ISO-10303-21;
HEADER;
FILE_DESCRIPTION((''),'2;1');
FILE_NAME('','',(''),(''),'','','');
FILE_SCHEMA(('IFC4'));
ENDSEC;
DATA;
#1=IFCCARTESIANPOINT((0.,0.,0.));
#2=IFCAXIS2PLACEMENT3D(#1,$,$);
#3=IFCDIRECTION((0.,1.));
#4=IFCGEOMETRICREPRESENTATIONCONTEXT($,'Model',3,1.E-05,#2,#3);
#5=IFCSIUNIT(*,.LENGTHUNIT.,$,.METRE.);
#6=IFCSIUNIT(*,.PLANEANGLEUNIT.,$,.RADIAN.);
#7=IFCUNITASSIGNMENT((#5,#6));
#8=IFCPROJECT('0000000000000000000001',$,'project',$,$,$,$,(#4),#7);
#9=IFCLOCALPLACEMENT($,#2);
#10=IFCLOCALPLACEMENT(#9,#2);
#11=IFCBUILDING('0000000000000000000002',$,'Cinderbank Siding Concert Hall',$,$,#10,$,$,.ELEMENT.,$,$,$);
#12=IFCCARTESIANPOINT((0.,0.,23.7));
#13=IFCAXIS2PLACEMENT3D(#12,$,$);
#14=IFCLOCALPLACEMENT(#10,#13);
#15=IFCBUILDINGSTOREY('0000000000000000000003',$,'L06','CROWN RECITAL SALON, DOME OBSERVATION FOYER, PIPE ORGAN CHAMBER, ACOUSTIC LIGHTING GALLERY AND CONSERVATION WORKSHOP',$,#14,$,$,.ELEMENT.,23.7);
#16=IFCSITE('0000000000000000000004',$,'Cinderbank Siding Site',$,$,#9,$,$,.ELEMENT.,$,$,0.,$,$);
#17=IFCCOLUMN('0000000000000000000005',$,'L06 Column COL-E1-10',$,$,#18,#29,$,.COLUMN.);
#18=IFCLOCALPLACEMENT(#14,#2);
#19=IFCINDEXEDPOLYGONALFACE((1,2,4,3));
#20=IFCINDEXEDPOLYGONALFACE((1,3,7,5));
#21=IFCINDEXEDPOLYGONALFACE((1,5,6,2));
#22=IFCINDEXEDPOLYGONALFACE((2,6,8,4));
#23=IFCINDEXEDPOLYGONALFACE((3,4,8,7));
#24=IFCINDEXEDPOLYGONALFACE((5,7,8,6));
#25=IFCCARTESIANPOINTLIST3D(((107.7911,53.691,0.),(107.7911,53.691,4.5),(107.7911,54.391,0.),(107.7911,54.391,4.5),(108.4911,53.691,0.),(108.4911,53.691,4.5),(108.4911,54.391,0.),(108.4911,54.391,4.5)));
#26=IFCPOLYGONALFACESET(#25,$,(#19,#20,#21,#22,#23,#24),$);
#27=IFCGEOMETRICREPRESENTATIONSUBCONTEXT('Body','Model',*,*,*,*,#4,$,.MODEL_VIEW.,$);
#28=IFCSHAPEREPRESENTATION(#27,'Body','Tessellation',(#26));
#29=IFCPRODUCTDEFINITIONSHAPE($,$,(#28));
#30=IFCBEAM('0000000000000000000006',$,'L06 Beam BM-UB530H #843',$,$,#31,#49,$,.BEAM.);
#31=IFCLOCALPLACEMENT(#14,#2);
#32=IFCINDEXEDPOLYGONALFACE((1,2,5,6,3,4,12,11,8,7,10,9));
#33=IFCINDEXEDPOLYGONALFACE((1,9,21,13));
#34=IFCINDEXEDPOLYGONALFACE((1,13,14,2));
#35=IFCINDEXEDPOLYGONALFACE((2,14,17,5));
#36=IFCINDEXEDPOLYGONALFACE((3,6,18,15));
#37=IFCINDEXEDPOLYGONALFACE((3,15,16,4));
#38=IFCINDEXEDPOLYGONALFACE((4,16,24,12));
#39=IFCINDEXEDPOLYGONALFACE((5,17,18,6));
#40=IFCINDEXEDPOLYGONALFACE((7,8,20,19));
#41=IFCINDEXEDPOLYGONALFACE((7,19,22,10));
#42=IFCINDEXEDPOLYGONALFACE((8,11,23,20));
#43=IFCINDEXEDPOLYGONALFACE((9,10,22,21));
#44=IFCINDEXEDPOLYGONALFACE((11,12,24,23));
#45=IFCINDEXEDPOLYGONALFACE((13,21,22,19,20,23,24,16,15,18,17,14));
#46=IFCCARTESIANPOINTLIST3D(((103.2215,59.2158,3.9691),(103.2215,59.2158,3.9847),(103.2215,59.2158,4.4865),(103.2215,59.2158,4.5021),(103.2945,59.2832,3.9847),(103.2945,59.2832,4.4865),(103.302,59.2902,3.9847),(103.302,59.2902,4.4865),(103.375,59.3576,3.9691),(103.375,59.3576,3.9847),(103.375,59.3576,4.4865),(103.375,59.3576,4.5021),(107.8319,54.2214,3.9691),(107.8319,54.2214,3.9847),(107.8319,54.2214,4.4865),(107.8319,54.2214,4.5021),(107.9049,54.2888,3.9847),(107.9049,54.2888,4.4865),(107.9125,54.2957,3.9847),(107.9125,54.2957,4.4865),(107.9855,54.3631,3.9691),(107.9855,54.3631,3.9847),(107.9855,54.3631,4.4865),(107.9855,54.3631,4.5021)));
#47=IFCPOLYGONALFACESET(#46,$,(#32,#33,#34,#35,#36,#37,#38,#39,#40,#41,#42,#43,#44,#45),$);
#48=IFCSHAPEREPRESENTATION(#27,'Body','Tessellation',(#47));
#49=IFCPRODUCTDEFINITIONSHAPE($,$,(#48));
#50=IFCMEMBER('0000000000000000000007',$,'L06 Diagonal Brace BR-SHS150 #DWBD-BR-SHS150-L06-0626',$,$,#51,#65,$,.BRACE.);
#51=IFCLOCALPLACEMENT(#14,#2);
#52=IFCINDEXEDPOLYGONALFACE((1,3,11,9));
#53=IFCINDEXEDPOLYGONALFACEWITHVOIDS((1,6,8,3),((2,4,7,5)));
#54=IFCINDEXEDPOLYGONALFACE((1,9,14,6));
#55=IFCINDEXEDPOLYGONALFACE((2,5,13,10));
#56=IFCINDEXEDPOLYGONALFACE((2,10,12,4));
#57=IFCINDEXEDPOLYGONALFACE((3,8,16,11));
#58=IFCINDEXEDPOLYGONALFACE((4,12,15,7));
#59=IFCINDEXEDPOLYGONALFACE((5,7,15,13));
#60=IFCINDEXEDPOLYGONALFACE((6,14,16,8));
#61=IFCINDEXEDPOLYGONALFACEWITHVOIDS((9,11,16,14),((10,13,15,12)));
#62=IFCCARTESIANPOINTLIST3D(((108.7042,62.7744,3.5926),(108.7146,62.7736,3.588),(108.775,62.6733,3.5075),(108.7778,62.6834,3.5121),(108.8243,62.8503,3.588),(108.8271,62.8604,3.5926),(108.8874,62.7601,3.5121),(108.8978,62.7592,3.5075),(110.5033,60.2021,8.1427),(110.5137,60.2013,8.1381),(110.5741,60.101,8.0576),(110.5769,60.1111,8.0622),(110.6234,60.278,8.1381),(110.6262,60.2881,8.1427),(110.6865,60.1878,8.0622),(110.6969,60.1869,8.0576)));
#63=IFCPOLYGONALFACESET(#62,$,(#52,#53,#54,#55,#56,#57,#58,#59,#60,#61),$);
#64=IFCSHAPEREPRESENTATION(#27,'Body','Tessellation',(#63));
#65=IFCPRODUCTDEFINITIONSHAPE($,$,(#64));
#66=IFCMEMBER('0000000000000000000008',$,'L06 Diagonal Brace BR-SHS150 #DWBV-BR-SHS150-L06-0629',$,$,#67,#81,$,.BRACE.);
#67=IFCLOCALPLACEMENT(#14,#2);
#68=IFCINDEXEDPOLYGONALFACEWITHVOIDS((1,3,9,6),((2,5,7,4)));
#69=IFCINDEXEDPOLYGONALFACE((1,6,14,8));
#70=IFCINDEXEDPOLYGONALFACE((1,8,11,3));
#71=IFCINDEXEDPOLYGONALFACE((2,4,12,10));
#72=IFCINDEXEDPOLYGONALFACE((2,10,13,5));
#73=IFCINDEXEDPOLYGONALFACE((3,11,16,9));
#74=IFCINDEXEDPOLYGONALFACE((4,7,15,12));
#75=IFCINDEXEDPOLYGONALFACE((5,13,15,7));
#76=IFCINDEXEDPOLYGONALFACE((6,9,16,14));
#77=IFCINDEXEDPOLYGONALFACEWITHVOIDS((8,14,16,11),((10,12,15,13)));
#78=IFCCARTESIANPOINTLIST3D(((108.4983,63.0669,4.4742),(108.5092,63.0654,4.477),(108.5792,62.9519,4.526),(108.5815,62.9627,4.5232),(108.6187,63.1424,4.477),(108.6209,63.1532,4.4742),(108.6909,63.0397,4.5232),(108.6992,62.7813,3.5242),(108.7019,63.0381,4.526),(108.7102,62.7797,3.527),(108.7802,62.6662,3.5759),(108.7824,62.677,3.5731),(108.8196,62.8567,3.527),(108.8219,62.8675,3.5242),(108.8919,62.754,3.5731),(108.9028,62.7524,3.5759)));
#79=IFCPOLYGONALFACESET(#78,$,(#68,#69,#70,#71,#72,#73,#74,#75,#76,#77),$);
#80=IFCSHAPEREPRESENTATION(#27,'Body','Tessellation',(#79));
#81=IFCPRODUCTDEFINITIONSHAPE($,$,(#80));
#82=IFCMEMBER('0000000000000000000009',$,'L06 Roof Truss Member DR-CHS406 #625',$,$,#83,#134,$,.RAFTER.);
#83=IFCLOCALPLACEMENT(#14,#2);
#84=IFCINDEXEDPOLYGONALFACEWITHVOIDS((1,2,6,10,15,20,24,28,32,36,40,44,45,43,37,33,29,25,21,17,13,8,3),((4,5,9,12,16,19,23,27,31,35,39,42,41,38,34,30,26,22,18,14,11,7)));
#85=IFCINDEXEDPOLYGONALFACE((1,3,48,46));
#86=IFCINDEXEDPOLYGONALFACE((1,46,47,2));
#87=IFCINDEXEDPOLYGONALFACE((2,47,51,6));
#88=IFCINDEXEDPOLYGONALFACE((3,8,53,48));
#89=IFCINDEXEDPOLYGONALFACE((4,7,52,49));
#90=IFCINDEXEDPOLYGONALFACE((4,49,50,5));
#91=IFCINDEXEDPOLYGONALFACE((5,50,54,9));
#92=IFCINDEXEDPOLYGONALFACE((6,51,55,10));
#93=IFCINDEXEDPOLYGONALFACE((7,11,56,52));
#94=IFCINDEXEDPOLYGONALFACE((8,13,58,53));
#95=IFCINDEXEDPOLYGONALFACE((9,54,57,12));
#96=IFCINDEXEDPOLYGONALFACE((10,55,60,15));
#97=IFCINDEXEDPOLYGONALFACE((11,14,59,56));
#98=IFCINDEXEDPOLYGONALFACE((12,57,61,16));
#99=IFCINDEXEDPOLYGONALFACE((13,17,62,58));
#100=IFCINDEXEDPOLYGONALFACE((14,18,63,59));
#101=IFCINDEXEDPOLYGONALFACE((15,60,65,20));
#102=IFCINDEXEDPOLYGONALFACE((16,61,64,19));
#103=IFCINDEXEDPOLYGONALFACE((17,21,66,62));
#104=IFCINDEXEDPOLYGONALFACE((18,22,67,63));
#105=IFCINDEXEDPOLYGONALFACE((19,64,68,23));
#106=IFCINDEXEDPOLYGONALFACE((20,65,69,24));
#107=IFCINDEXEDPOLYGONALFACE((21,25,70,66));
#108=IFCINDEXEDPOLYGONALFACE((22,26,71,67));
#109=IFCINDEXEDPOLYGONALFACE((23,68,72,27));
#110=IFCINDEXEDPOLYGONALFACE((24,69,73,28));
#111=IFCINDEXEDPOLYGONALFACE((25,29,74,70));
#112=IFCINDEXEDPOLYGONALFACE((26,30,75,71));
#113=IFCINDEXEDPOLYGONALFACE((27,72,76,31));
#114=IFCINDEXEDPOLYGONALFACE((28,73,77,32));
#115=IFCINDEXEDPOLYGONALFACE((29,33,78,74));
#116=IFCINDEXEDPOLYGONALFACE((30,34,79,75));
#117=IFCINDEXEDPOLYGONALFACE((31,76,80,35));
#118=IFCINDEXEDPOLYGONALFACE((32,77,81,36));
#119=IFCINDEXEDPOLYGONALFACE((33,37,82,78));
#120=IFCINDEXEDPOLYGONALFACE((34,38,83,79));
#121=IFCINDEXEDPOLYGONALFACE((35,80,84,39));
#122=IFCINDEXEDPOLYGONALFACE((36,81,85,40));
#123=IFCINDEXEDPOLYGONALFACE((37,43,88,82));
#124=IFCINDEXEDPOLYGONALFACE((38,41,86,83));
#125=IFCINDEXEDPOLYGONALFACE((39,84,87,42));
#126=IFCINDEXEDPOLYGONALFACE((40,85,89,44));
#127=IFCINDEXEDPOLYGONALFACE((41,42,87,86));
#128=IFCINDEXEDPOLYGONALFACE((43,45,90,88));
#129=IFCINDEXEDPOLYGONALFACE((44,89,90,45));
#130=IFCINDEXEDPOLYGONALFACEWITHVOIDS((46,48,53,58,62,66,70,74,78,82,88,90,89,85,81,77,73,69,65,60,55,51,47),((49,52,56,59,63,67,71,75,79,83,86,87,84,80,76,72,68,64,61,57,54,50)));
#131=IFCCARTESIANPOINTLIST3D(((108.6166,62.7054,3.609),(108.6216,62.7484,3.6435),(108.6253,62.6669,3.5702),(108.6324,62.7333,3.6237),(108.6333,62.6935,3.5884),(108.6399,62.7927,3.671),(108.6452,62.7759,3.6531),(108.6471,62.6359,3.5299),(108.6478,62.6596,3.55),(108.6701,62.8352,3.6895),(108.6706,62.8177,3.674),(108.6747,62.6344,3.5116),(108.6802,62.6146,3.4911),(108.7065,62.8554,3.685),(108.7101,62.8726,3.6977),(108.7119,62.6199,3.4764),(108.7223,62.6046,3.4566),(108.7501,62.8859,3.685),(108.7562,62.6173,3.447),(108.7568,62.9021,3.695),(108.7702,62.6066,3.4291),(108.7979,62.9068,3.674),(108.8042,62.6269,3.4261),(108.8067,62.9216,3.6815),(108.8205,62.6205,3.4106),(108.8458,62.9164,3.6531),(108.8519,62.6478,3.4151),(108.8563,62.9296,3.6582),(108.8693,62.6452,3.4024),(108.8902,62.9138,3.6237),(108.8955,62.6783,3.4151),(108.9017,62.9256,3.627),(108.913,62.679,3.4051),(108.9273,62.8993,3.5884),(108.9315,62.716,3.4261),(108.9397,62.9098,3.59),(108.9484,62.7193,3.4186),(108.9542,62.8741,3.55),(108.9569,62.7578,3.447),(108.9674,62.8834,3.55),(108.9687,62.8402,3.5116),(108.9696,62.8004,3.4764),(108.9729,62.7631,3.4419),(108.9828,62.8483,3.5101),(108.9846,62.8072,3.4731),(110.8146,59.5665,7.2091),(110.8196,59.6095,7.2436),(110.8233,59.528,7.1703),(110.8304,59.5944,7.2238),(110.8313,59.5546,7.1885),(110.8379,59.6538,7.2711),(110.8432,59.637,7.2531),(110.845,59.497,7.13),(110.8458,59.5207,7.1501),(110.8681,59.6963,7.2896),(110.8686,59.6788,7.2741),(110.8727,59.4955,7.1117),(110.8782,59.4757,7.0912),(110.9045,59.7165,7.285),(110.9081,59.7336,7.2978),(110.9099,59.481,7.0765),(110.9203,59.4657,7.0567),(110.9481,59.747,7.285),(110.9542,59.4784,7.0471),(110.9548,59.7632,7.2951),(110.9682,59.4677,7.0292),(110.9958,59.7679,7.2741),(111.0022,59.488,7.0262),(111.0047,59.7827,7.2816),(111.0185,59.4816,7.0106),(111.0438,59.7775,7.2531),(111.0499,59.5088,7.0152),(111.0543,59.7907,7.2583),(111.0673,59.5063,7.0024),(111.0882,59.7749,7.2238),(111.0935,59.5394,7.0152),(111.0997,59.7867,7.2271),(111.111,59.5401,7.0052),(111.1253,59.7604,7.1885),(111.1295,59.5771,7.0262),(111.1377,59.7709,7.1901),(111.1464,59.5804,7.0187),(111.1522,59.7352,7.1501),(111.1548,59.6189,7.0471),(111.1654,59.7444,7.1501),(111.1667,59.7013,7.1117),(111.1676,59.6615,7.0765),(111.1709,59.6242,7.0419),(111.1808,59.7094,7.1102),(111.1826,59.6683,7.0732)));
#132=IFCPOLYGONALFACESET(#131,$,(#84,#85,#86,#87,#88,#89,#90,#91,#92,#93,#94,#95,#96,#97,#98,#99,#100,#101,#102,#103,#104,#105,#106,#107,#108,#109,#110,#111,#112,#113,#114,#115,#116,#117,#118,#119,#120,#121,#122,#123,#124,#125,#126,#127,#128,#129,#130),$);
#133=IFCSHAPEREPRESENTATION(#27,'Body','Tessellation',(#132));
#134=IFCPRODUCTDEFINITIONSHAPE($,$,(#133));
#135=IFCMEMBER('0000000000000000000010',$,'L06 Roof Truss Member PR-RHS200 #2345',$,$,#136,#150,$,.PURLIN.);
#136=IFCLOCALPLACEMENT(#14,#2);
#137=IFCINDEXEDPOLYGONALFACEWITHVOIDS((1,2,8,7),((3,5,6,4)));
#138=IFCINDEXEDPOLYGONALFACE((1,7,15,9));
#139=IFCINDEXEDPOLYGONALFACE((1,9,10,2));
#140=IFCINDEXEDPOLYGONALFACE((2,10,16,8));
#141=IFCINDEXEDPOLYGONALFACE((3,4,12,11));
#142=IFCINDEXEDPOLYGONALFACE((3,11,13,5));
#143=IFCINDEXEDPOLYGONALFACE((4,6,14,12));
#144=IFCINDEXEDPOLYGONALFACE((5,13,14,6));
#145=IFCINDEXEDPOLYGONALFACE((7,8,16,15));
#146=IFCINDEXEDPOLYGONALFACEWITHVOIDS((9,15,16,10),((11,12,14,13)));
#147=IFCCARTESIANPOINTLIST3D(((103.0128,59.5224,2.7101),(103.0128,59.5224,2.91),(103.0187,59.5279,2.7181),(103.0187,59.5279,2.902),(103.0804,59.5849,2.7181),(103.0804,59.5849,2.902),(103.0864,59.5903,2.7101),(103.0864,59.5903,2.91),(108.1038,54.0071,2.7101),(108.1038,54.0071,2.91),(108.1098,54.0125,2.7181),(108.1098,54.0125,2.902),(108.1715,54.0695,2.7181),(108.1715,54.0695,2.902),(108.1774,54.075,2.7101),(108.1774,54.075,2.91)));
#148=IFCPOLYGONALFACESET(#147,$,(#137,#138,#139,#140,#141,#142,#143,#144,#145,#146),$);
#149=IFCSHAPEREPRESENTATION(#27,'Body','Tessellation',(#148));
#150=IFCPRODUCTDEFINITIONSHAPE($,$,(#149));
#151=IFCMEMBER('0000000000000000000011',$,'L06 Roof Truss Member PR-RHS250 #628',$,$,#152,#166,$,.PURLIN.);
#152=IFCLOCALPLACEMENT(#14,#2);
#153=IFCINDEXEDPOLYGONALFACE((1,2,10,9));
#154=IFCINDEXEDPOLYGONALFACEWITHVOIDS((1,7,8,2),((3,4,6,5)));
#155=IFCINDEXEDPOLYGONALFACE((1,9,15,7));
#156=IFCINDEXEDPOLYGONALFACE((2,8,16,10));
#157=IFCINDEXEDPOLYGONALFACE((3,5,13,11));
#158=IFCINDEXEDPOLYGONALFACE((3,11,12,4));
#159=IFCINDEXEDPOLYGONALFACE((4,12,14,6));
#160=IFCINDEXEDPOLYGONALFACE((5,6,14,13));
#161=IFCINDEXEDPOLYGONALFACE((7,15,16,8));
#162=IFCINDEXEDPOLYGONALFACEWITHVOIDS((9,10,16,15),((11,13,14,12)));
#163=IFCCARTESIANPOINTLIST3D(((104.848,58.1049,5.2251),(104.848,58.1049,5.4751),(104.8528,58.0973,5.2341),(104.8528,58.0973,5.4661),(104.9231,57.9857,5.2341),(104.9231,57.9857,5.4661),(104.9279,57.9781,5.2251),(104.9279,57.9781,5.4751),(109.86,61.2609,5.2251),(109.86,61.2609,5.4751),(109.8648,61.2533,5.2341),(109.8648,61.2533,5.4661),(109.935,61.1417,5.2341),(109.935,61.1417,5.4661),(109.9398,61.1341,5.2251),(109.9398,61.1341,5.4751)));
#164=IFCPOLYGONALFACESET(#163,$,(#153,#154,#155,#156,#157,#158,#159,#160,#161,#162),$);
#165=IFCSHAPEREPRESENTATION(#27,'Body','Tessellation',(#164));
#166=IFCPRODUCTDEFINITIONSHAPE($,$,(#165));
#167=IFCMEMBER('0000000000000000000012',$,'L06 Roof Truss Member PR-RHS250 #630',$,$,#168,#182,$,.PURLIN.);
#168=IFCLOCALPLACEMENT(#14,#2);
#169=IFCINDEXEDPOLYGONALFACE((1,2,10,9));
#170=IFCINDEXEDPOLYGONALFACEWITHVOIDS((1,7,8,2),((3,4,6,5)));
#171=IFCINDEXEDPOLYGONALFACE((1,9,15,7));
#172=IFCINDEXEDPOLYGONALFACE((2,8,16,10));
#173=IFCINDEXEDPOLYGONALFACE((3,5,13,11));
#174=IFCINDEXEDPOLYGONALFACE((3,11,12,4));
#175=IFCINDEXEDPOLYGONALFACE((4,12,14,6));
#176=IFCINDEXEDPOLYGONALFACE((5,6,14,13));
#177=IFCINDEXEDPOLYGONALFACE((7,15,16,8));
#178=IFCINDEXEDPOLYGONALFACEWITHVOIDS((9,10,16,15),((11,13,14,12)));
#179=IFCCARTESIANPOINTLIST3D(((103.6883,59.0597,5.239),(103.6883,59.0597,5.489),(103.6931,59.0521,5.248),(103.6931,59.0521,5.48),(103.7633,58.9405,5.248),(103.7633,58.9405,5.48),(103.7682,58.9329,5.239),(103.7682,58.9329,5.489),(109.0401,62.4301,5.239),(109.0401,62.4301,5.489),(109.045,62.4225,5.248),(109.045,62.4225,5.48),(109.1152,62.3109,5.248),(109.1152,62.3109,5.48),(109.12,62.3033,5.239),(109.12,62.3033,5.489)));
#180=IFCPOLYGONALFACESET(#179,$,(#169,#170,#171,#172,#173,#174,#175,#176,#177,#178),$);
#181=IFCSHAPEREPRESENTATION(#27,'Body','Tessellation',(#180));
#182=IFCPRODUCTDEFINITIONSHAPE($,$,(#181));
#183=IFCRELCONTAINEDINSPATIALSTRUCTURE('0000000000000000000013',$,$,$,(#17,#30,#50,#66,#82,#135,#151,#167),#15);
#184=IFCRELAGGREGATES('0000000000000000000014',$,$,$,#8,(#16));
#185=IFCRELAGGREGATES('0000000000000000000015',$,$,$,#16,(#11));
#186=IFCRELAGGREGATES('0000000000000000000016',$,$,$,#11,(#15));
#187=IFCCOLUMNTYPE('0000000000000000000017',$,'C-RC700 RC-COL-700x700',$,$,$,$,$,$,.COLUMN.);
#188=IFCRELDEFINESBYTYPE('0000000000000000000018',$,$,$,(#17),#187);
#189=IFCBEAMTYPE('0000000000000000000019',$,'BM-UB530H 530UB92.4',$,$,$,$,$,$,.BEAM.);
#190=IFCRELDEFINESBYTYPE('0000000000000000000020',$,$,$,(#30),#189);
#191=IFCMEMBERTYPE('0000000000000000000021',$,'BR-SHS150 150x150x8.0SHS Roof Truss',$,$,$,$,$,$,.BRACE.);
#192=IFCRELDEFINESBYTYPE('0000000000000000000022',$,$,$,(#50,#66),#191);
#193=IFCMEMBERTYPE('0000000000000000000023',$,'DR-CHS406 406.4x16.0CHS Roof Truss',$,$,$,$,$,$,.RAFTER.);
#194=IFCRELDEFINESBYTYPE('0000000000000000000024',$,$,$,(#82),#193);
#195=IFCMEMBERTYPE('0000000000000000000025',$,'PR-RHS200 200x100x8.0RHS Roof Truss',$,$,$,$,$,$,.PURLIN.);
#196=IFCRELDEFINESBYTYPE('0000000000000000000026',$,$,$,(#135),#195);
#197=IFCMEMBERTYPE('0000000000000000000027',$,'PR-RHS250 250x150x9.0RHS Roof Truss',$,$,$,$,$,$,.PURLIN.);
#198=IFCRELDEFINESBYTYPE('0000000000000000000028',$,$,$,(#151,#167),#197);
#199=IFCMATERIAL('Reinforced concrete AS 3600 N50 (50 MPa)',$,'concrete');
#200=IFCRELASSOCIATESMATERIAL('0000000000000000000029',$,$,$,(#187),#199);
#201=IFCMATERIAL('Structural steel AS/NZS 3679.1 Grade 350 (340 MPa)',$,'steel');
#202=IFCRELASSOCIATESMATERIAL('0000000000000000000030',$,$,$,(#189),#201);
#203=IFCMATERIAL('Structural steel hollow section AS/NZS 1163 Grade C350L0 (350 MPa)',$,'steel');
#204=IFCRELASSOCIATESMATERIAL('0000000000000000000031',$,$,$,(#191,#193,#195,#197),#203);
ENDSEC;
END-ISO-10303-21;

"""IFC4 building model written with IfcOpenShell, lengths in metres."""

from ifc_helpers import new_model, si_unit, direction, frame, origin, origin_2d, place, context, subcontext, project, spatial, rectangle, hollow_rectangle, hollow_circle, i_section, extrude, material, material_profile, profile_set, type_object, element, save


model = new_model("IFC4")

# Units and contexts
model_context = context("Model", 3, precision=1e-05, world=origin(), true_north=direction((0.0, 1.0)))
body_context = subcontext(model_context, "Body", "Model", "MODEL_VIEW")
ifc_project = project(units=[si_unit("LENGTHUNIT", "METRE"), si_unit("PLANEANGLEUNIT", "RADIAN")], contexts=[model_context])

# Site, building, storey
site_placement = place(None, origin())
site = spatial("IfcSite", under=ifc_project, at=site_placement, Name="Cinderbank Siding Site", CompositionType="ELEMENT", RefElevation=0.0)
building_placement = place(site_placement, origin())
building = spatial("IfcBuilding", under=site, at=building_placement, Name="Cinderbank Siding Concert Hall", CompositionType="ELEMENT")
storey_placement = place(building_placement, frame((0.0, 0.0, 23.7)))
storey = spatial("IfcBuildingStorey", under=building, at=storey_placement, Name="L06", Description="CROWN RECITAL SALON, DOME OBSERVATION FOYER, PIPE ORGAN CHAMBER, ACOUSTIC LIGHTING GALLERY AND CONSERVATION WORKSHOP", CompositionType="ELEMENT", Elevation=23.7)

# Column
ifc_material_1 = material(Name="Reinforced concrete AS 3600 N50 (50 MPa)", Category="concrete")
ifc_material_profile_1 = material_profile(ifc_material_1, rectangle(XDim=0.7, YDim=0.7, at=origin_2d()), Name="RC-COL-700x700", Category="LoadBearing")
ifc_profile_set_1 = profile_set([ifc_material_profile_1], Name="Reinforced concrete AS 3600 N50 (50 MPa)")
column_type = type_object("IfcColumnType", Name="C-RC700 RC-COL-700x700", PredefinedType="COLUMN", material=ifc_profile_set_1)
column_placement = place(storey_placement, frame((108.1411, 54.041, 0.0), z_axis=(0.0, 0.0, 1.0), x_axis=(1.0, 0.0, 0.0)))
element("IfcColumn", 1, at=column_placement, inside=storey, type_object=column_type, Name="L06 Column COL-E1-10", PredefinedType="COLUMN", context=body_context, shape_type="SweptSolid", body=[
    extrude(rectangle(XDim=0.7, YDim=0.7, at=origin_2d()), origin(), (0.0, 0.0, 1.0), 4.5),
])

# Beam
ifc_material_2 = material(Name="Structural steel AS/NZS 3679.1 Grade 350 (340 MPa)", Category="steel")
ifc_material_profile_2 = material_profile(ifc_material_2, i_section(OverallWidth=0.209, OverallDepth=0.533, WebThickness=0.0103, FlangeThickness=0.0156, at=origin_2d()), Name="530UB92.4", Category="LoadBearing")
ifc_profile_set_2 = profile_set([ifc_material_profile_2], Name="Structural steel AS/NZS 3679.1 Grade 350 (340 MPa)")
beam_type = type_object("IfcBeamType", Name="BM-UB530H 530UB92.4", PredefinedType="BEAM", material=ifc_profile_set_2)
beam_placement = place(storey_placement, frame((107.9087, 54.2922, 4.2356), z_axis=(-0.678292, 0.734792, 0.0), x_axis=(-0.734792, -0.678292, 0.0)))
element("IfcBeam", 2, at=beam_placement, inside=storey, type_object=beam_type, Name="L06 Beam BM-UB530H #843", PredefinedType="BEAM", context=body_context, shape_type="SweptSolid", body=[
    extrude(i_section(OverallWidth=0.209, OverallDepth=0.533, WebThickness=0.0103, FlangeThickness=0.0156, at=origin_2d()), origin(), (0.0, 0.0, 1.0), 6.7971),
])

# Members
ifc_material_3 = material(Name="Structural steel hollow section AS/NZS 1163 Grade C350L0 (350 MPa)", Category="steel")
ifc_material_profile_3 = material_profile(ifc_material_3, hollow_rectangle(XDim=0.1499, YDim=0.1499, WallThickness=0.0081, at=origin_2d()), Name="150x150x8.0SHS", Category="LoadBearing")
ifc_profile_set_3 = profile_set([ifc_material_profile_3], Name="Structural steel hollow section AS/NZS 1163 Grade C350L0 (350 MPa)")
member_type_1 = type_object("IfcMemberType", Name="BR-SHS150 150x150x8.0SHS Roof Truss", PredefinedType="BRACE", material=ifc_profile_set_3)
member_1_placement = place(storey_placement, frame((108.801, 62.7668, 3.55), z_axis=(0.325461, -0.465336, 0.823127), x_axis=(0.819458, 0.573139, 0.0)))
element("IfcMember", 3, at=member_1_placement, inside=storey, type_object=member_type_1, Name="L06 Diagonal Brace BR-SHS150 #DWBD-BR-SHS150-L06-0626", PredefinedType="BRACE", context=body_context, shape_type="SweptSolid", body=[
    extrude(hollow_rectangle(XDim=0.1499, YDim=0.1499, WallThickness=0.0081, at=origin_2d()), origin(), (0.0, 0.0, 1.0), 5.5278),
])
member_2_placement = place(storey_placement, frame((108.801, 62.7668, 3.55), z_axis=(-0.198523, 0.282226, 0.938582), x_axis=(-0.817916, -0.575338, 0.0)))
element("IfcMember", 4, at=member_2_placement, inside=storey, type_object=member_type_1, Name="L06 Diagonal Brace BR-SHS150 #DWBV-BR-SHS150-L06-0629", PredefinedType="BRACE", context=body_context, shape_type="SweptSolid", body=[
    extrude(hollow_rectangle(XDim=0.1499, YDim=0.1499, WallThickness=0.0081, at=origin_2d()), origin(), (0.0, 0.0, 1.0), 1.0122),
])
ifc_material_profile_4 = material_profile(ifc_material_3, hollow_circle(Radius=0.2031, WallThickness=0.0161, at=origin_2d()), Name="406.4x16.0CHS", Category="LoadBearing")
ifc_profile_set_4 = profile_set([ifc_material_profile_4], Name="Structural steel hollow section AS/NZS 1163 Grade C350L0 (350 MPa)")
member_type_2 = type_object("IfcMemberType", Name="DR-CHS406 406.4x16.0CHS Roof Truss", PredefinedType="RAFTER", material=ifc_profile_set_4)
member_3_placement = place(storey_placement, frame((108.801, 62.7668, 3.55), z_axis=(0.418043, -0.596999, 0.684713), x_axis=(0.819139, 0.573595, 0.0)))
element("IfcMember", 5, at=member_3_placement, inside=storey, type_object=member_type_2, Name="L06 Roof Truss Member DR-CHS406 #625", PredefinedType="RAFTER", context=body_context, shape_type="SweptSolid", body=[
    extrude(hollow_circle(Radius=0.2031, WallThickness=0.0161, at=origin_2d()), origin(), (0.0, 0.0, 1.0), 5.2578),
])
ifc_material_profile_5 = material_profile(ifc_material_3, hollow_rectangle(XDim=0.1001, YDim=0.2, WallThickness=0.0081, at=origin_2d()), Name="200x100x8.0RHS", Category="LoadBearing")
ifc_profile_set_5 = profile_set([ifc_material_profile_5], Name="Structural steel hollow section AS/NZS 1163 Grade C350L0 (350 MPa)")
member_type_3 = type_object("IfcMemberType", Name="PR-RHS200 200x100x8.0RHS Roof Truss", PredefinedType="PURLIN", material=ifc_profile_set_5)
member_4_placement = place(storey_placement, frame((108.1406, 54.041, 2.8101), z_axis=(-0.678276, 0.734807, 0.0), x_axis=(-0.734807, -0.678276, 0.0)))
element("IfcMember", 6, at=member_4_placement, inside=storey, type_object=member_type_3, Name="L06 Roof Truss Member PR-RHS200 #2345", PredefinedType="PURLIN", context=body_context, shape_type="SweptSolid", body=[
    extrude(hollow_rectangle(XDim=0.1001, YDim=0.2, WallThickness=0.0081, at=origin_2d()), origin(), (0.0, 0.0, 1.0), 7.5059),
])
ifc_material_profile_6 = material_profile(ifc_material_3, hollow_rectangle(XDim=0.1499, YDim=0.25, WallThickness=0.009, at=origin_2d()), Name="250x150x9.0RHS", Category="LoadBearing")
ifc_profile_set_6 = profile_set([ifc_material_profile_6], Name="Structural steel hollow section AS/NZS 1163 Grade C350L0 (350 MPa)")
member_type_4 = type_object("IfcMemberType", Name="PR-RHS250 250x150x9.0RHS Roof Truss", PredefinedType="PURLIN", material=ifc_profile_set_6)
member_5_placement = place(storey_placement, frame((109.8999, 61.1975, 5.3501), z_axis=(-0.846208, -0.532853, 0.0), x_axis=(0.532853, -0.846208, 0.0)))
element("IfcMember", 7, at=member_5_placement, inside=storey, type_object=member_type_4, Name="L06 Roof Truss Member PR-RHS250 #628", PredefinedType="PURLIN", context=body_context, shape_type="SweptSolid", body=[
    extrude(hollow_rectangle(XDim=0.1499, YDim=0.25, WallThickness=0.009, at=origin_2d()), origin(), (0.0, 0.0, 1.0), 5.9229),
])
member_6_placement = place(storey_placement, frame((109.0801, 62.3667, 5.364), z_axis=(-0.846183, -0.532893, 0.0), x_axis=(0.532893, -0.846183, 0.0)))
element("IfcMember", 8, at=member_6_placement, inside=storey, type_object=member_type_4, Name="L06 Roof Truss Member PR-RHS250 #630", PredefinedType="PURLIN", context=body_context, shape_type="SweptSolid", body=[
    extrude(hollow_rectangle(XDim=0.1499, YDim=0.25, WallThickness=0.009, at=origin_2d()), origin(), (0.0, 0.0, 1.0), 6.3247),
])

save(model, "model.ifc")
